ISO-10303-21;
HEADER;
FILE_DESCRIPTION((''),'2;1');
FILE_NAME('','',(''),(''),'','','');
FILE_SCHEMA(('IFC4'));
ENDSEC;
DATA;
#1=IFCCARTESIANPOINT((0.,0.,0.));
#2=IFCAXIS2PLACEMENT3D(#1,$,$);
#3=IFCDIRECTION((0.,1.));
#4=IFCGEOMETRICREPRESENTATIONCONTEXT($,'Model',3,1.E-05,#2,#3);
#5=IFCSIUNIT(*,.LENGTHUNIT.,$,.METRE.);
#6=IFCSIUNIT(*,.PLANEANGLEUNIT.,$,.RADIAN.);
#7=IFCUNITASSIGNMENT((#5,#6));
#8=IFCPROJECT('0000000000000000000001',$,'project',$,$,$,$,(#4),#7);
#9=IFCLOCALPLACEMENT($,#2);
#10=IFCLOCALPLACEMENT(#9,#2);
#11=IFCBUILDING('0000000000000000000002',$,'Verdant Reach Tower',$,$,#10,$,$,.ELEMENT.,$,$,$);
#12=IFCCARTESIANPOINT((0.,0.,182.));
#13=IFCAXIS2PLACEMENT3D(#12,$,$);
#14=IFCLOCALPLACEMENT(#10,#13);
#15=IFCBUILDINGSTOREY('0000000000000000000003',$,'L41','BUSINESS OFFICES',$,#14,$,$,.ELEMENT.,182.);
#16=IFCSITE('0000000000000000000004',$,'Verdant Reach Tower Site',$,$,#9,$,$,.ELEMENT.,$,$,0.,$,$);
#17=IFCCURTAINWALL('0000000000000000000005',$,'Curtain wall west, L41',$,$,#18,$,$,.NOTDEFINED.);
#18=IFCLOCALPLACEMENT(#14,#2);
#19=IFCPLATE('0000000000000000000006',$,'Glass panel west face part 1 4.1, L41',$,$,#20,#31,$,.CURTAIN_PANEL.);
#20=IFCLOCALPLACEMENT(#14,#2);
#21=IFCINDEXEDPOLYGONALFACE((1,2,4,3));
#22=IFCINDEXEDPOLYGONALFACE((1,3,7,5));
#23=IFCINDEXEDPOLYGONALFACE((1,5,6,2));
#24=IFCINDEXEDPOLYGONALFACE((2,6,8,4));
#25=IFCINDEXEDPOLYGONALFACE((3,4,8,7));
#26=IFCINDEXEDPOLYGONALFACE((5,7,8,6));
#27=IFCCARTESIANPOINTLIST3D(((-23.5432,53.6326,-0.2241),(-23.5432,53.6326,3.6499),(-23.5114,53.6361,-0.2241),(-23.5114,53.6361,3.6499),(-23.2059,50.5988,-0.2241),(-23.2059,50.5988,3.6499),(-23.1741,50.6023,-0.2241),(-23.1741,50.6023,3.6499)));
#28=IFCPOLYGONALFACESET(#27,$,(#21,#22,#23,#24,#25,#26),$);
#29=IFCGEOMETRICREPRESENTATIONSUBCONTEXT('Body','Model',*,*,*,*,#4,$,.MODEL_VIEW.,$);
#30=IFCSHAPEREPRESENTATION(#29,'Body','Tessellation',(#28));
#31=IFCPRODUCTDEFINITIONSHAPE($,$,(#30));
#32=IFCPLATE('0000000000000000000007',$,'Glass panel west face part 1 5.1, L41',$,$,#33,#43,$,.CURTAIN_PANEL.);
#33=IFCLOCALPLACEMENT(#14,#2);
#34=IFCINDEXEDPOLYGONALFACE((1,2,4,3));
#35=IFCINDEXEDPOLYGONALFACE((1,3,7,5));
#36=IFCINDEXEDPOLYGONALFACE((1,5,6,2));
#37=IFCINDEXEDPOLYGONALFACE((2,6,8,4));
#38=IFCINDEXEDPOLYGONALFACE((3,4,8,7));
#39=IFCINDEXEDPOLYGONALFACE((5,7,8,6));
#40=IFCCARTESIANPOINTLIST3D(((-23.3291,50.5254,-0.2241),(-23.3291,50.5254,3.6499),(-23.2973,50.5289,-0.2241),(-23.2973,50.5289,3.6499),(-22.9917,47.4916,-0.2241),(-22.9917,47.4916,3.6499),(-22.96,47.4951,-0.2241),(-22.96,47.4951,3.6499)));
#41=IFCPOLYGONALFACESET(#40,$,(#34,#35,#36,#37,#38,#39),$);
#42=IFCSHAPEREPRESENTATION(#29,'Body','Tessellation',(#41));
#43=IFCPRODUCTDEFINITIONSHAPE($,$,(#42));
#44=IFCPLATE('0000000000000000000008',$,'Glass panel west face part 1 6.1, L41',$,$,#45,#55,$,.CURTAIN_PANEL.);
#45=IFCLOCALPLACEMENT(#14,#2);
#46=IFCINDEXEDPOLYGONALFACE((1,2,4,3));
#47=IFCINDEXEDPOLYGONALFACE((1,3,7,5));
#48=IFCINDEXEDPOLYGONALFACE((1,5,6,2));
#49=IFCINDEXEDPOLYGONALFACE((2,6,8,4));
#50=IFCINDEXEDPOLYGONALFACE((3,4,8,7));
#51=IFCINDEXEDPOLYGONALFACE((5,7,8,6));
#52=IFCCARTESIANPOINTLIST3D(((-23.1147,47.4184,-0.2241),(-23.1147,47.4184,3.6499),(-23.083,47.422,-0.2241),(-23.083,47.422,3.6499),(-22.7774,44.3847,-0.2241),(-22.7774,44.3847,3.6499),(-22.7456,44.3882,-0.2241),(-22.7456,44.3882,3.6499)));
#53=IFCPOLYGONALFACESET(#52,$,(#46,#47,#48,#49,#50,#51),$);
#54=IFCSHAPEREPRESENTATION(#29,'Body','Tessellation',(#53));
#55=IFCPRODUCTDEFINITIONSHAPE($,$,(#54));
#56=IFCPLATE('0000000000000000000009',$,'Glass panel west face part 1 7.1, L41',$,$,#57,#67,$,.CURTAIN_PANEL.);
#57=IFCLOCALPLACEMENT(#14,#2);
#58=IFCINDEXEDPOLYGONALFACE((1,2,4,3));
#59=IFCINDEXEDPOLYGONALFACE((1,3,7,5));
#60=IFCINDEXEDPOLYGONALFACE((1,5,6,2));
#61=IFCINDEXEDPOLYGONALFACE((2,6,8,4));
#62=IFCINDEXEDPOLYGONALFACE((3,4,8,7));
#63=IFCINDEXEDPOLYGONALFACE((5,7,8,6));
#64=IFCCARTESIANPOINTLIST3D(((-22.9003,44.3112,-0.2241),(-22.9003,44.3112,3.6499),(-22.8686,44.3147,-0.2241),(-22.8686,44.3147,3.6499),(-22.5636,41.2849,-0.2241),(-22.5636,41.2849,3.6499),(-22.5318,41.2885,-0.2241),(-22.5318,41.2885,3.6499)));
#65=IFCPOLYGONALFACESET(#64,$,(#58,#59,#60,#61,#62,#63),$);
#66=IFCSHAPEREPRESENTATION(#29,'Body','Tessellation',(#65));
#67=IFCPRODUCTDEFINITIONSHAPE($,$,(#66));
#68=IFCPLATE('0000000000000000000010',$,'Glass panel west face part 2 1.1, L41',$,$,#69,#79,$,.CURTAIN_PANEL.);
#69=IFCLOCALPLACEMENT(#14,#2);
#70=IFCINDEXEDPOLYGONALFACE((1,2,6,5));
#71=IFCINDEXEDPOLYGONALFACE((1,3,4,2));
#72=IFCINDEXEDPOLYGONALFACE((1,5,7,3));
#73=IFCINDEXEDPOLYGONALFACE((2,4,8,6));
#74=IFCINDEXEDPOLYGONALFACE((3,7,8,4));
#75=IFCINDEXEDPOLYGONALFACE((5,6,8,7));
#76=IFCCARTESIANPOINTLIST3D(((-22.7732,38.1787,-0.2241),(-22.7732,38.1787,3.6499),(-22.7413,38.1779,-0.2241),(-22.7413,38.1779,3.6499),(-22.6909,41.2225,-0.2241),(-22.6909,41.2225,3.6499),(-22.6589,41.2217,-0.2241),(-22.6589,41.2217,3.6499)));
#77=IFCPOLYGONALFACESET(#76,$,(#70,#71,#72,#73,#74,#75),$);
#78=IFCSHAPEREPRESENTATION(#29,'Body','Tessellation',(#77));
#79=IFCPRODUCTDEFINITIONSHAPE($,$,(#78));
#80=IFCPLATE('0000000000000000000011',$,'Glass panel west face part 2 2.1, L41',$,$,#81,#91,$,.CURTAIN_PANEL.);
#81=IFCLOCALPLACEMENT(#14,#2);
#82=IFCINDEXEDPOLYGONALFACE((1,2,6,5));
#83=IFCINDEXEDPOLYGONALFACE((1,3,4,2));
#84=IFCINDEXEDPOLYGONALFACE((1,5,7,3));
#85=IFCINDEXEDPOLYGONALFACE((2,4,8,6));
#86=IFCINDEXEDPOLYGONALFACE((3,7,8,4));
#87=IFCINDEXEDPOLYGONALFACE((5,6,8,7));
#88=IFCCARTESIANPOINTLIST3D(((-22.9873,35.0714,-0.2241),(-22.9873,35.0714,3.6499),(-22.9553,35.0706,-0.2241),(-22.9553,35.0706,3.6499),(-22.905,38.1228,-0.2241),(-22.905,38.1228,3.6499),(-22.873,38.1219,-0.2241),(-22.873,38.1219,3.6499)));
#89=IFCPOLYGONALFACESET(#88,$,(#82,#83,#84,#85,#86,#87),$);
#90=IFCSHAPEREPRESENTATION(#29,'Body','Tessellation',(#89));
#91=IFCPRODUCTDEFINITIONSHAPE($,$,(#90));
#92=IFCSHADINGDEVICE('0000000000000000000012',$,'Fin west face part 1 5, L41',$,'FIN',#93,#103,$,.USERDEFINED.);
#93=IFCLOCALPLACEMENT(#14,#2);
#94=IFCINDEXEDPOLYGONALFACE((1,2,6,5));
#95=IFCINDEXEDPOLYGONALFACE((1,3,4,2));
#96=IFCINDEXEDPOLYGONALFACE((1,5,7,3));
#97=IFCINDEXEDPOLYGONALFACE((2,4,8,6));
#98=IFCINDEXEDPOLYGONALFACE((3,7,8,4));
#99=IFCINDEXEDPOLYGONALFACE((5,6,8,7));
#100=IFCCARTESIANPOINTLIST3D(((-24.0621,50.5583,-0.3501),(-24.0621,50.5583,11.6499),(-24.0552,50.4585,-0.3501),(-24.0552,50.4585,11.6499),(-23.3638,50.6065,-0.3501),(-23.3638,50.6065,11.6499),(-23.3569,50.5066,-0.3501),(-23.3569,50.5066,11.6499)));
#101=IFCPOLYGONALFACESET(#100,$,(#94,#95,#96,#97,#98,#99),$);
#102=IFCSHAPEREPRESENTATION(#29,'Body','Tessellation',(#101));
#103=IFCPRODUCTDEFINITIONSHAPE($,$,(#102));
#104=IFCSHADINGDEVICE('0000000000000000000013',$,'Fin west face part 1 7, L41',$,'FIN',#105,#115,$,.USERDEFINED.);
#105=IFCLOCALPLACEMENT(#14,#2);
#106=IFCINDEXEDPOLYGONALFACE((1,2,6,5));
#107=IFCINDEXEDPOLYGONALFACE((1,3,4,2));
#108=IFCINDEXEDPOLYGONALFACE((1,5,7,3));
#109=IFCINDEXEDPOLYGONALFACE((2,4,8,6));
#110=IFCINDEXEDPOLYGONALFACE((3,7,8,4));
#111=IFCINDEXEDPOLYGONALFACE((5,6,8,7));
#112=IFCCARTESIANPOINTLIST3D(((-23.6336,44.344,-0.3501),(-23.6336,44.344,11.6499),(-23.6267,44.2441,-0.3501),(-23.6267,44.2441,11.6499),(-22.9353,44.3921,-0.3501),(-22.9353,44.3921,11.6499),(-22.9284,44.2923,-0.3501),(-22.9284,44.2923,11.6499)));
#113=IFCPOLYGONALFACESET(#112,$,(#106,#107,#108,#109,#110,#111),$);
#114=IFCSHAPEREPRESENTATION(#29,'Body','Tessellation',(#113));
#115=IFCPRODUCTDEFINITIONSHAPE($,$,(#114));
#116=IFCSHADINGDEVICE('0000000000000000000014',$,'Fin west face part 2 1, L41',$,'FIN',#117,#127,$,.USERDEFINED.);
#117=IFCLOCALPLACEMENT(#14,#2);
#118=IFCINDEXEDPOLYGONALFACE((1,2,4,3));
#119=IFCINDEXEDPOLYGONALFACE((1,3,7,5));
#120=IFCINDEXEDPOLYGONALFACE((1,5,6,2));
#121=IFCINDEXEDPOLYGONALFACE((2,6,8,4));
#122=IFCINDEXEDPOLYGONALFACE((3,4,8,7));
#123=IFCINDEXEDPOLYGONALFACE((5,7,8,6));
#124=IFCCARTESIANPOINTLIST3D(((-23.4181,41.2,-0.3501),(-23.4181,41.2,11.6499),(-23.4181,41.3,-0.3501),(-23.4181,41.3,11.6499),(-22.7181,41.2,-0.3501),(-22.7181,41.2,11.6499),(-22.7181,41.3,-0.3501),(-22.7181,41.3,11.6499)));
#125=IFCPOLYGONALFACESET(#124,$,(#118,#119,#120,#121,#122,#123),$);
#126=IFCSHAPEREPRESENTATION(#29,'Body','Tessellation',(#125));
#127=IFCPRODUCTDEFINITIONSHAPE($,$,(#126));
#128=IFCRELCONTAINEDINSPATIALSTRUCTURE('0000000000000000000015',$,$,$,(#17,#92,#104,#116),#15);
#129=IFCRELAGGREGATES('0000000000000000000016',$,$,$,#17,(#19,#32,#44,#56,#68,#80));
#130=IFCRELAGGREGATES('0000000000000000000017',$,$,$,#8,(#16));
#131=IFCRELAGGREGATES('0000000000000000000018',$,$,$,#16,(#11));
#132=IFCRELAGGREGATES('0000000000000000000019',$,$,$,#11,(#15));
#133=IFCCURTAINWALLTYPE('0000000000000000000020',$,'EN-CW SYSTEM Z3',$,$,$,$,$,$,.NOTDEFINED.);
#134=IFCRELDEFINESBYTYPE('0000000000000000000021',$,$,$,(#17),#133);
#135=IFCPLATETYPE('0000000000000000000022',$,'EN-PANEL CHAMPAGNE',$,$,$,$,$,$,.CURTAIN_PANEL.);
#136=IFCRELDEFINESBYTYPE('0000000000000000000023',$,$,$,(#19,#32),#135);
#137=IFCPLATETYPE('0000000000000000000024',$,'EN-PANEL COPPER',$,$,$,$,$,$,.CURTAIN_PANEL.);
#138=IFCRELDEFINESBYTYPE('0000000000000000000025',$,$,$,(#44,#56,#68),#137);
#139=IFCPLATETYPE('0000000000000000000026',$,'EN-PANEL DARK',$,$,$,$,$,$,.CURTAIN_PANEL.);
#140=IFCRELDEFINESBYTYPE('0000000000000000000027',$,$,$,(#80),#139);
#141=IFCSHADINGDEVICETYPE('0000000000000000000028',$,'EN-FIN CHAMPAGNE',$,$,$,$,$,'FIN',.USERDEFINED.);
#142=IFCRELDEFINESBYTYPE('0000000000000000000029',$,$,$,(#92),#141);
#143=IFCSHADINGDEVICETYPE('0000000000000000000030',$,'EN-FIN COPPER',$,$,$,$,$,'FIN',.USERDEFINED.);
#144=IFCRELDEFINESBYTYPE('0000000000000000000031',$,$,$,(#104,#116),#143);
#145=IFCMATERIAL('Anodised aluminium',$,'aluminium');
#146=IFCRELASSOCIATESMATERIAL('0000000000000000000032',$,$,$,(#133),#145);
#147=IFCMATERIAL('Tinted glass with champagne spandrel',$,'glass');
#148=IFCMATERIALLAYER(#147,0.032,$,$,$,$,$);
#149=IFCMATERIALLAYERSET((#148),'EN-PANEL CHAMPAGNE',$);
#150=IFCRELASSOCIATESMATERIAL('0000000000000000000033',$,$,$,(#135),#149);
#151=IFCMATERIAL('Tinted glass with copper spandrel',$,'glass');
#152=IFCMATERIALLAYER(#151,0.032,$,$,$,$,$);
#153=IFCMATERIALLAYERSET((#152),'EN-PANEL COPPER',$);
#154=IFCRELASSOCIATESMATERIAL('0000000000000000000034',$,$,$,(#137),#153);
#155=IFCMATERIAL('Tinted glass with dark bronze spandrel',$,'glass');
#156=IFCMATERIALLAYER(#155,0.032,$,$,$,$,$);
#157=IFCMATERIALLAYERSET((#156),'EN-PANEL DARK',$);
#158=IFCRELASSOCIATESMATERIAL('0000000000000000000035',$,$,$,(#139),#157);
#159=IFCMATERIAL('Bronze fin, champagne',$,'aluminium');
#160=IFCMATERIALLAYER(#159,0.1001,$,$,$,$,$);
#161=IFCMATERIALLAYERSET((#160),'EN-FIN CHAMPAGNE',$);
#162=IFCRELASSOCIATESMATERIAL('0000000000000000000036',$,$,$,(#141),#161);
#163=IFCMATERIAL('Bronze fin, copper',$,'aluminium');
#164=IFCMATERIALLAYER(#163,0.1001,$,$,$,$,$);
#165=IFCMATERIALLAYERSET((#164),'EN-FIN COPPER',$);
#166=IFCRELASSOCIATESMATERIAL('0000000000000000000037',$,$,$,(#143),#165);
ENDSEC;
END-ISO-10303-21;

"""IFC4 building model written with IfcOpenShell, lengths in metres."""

from ifc_helpers import new_model, si_unit, direction, frame, origin, origin_2d, place, context, subcontext, project, spatial, rectangle, extrude, material, layer, layer_set, type_object, element, aggregate, save


model = new_model("IFC4")

# Units and contexts
model_context = context("Model", 3, precision=1e-05, world=origin(), true_north=direction((0.0, 1.0)))
body_context = subcontext(model_context, "Body", "Model", "MODEL_VIEW")
ifc_project = project(units=[si_unit("LENGTHUNIT", "METRE"), si_unit("PLANEANGLEUNIT", "RADIAN")], contexts=[model_context])

# Site, building, storey
site_placement = place(None, origin())
site = spatial("IfcSite", under=ifc_project, at=site_placement, Name="Verdant Reach Tower Site", CompositionType="ELEMENT", RefElevation=0.0)
building_placement = place(site_placement, origin())
building = spatial("IfcBuilding", under=site, at=building_placement, Name="Verdant Reach Tower", CompositionType="ELEMENT")
storey_placement = place(building_placement, frame((0.0, 0.0, 182.0)))
storey = spatial("IfcBuildingStorey", under=building, at=storey_placement, Name="L41", Description="BUSINESS OFFICES", CompositionType="ELEMENT", Elevation=182.0)

# Curtain wall
ifc_material_1 = material(Name="Anodised aluminium", Category="aluminium")
curtain_wall_type = type_object("IfcCurtainWallType", Name="EN-CW SYSTEM Z3", PredefinedType="NOTDEFINED", material=ifc_material_1)
curtain_wall_placement = place(storey_placement, origin())
curtain_wall = element("IfcCurtainWall", 1, at=curtain_wall_placement, inside=storey, type_object=curtain_wall_type, Name="Curtain wall west, L41", PredefinedType="NOTDEFINED")

# Plates
ifc_material_2 = material(Name="Tinted glass with champagne spandrel", Category="glass")
ifc_layer_1 = layer(ifc_material_2, 0.032)
ifc_layer_set_1 = layer_set([ifc_layer_1], Name="EN-PANEL CHAMPAGNE")
plate_type_1 = type_object("IfcPlateType", Name="EN-PANEL CHAMPAGNE", PredefinedType="CURTAIN_PANEL", material=ifc_layer_set_1)
plate_1_placement = place(storey_placement, frame((-23.3586, 52.1174, -0.2241), z_axis=(0.0, 0.0, 1.0), x_axis=(0.110518, -0.993874, 0.0)))
plate_1 = element("IfcPlate", 2, at=plate_1_placement, type_object=plate_type_1, Name="Glass panel west face part 1 4.1, L41", PredefinedType="CURTAIN_PANEL", context=body_context, shape_type="SweptSolid", body=[
    extrude(rectangle(XDim=3.0525, YDim=0.032, at=origin_2d()), origin(), (0.0, 0.0, 1.0), 3.874),
])
plate_2_placement = place(storey_placement, frame((-23.1445, 49.0103, -0.2241), z_axis=(0.0, 0.0, 1.0), x_axis=(0.110518, -0.993874, 0.0)))
plate_2 = element("IfcPlate", 3, at=plate_2_placement, type_object=plate_type_1, Name="Glass panel west face part 1 5.1, L41", PredefinedType="CURTAIN_PANEL", context=body_context, shape_type="SweptSolid", body=[
    extrude(rectangle(XDim=3.0525, YDim=0.032, at=origin_2d()), origin(), (0.0, 0.0, 1.0), 3.874),
])
ifc_material_3 = material(Name="Tinted glass with copper spandrel", Category="glass")
ifc_layer_2 = layer(ifc_material_3, 0.032)
ifc_layer_set_2 = layer_set([ifc_layer_2], Name="EN-PANEL COPPER")
plate_type_2 = type_object("IfcPlateType", Name="EN-PANEL COPPER", PredefinedType="CURTAIN_PANEL", material=ifc_layer_set_2)
plate_3_placement = place(storey_placement, frame((-22.9302, 45.9033, -0.2241), z_axis=(0.0, 0.0, 1.0), x_axis=(0.110518, -0.993874, 0.0)))
plate_3 = element("IfcPlate", 4, at=plate_3_placement, type_object=plate_type_2, Name="Glass panel west face part 1 6.1, L41", PredefinedType="CURTAIN_PANEL", context=body_context, shape_type="SweptSolid", body=[
    extrude(rectangle(XDim=3.0525, YDim=0.032, at=origin_2d()), origin(), (0.0, 0.0, 1.0), 3.874),
])
plate_4_placement = place(storey_placement, frame((-22.7161, 42.7998, -0.2241), z_axis=(0.0, 0.0, 1.0), x_axis=(0.110601, -0.993865, 0.0)))
plate_4 = element("IfcPlate", 5, at=plate_4_placement, type_object=plate_type_2, Name="Glass panel west face part 1 7.1, L41", PredefinedType="CURTAIN_PANEL", context=body_context, shape_type="SweptSolid", body=[
    extrude(rectangle(XDim=3.0449, YDim=0.032, at=origin_2d()), origin(), (0.0, 0.0, 1.0), 3.874),
])
plate_5_placement = place(storey_placement, frame((-22.7161, 39.7002, -0.2241), z_axis=(0.0, 0.0, 1.0), x_axis=(-0.027048, -0.999634, 0.0)))
plate_5 = element("IfcPlate", 6, at=plate_5_placement, type_object=plate_type_2, Name="Glass panel west face part 2 1.1, L41", PredefinedType="CURTAIN_PANEL", context=body_context, shape_type="SweptSolid", body=[
    extrude(rectangle(XDim=3.0449, YDim=0.032, at=origin_2d()), origin(), (0.0, 0.0, 1.0), 3.874),
])
ifc_material_4 = material(Name="Tinted glass with dark bronze spandrel", Category="glass")
ifc_layer_3 = layer(ifc_material_4, 0.032)
ifc_layer_set_3 = layer_set([ifc_layer_3], Name="EN-PANEL DARK")
plate_type_3 = type_object("IfcPlateType", Name="EN-PANEL DARK", PredefinedType="CURTAIN_PANEL", material=ifc_layer_set_3)
plate_6_placement = place(storey_placement, frame((-22.9302, 36.5967, -0.2241), z_axis=(0.0, 0.0, 1.0), x_axis=(-0.026965, -0.999636, 0.0)))
plate_6 = element("IfcPlate", 7, at=plate_6_placement, type_object=plate_type_3, Name="Glass panel west face part 2 2.1, L41", PredefinedType="CURTAIN_PANEL", context=body_context, shape_type="SweptSolid", body=[
    extrude(rectangle(XDim=3.0525, YDim=0.032, at=origin_2d()), origin(), (0.0, 0.0, 1.0), 3.874),
])
aggregate(curtain_wall, [plate_1, plate_2, plate_3, plate_4, plate_5, plate_6])

# Shading devices
ifc_material_5 = material(Name="Bronze fin, champagne", Category="aluminium")
ifc_layer_4 = layer(ifc_material_5, 0.1001)
ifc_layer_set_4 = layer_set([ifc_layer_4], Name="EN-FIN CHAMPAGNE")
shading_device_type_1 = type_object("IfcShadingDeviceType", Name="EN-FIN CHAMPAGNE", ElementType="FIN", PredefinedType="USERDEFINED", material=ifc_layer_set_4)
shading_device_placement = place(storey_placement, frame((-23.7095, 50.5325, -0.3501), z_axis=(0.0, 0.0, 1.0), x_axis=(0.068802, -0.99763, 0.0)))
element("IfcShadingDevice", 8, at=shading_device_placement, inside=storey, type_object=shading_device_type_1, Name="Fin west face part 1 5, L41", ObjectType="FIN", PredefinedType="USERDEFINED", context=body_context, shape_type="SweptSolid", body=[
    extrude(rectangle(XDim=0.1001, YDim=0.7, at=origin_2d()), origin(), (0.0, 0.0, 1.0), 12.0),
])
ifc_material_6 = material(Name="Bronze fin, copper", Category="aluminium")
ifc_layer_5 = layer(ifc_material_6, 0.1001)
ifc_layer_set_5 = layer_set([ifc_layer_5], Name="EN-FIN COPPER")
shading_device_type_2 = type_object("IfcShadingDeviceType", Name="EN-FIN COPPER", ElementType="FIN", PredefinedType="USERDEFINED", material=ifc_layer_set_5)
for number, where, z_axis, x_axis, name in (
    (9, (-23.281, 44.3181, -0.3501), (0.0, 0.0, 1.0), (0.068802, -0.99763, 0.0), "Fin west face part 1 7, L41"),
    (10, (-23.0681, 41.25, -0.3501), (0.0, 0.0, 1.0), (0.0, -1.0, 0.0), "Fin west face part 2 1, L41"),
):
    element("IfcShadingDevice", number, at=place(storey_placement, frame(where, z_axis=z_axis, x_axis=x_axis)), inside=storey, type_object=shading_device_type_2, Name=name, ObjectType="FIN", PredefinedType="USERDEFINED", context=body_context, shape_type="SweptSolid", body=[
        extrude(rectangle(XDim=0.1001, YDim=0.7, at=origin_2d()), origin(), (0.0, 0.0, 1.0), 12.0),
    ])

save(model, "model.ifc")
